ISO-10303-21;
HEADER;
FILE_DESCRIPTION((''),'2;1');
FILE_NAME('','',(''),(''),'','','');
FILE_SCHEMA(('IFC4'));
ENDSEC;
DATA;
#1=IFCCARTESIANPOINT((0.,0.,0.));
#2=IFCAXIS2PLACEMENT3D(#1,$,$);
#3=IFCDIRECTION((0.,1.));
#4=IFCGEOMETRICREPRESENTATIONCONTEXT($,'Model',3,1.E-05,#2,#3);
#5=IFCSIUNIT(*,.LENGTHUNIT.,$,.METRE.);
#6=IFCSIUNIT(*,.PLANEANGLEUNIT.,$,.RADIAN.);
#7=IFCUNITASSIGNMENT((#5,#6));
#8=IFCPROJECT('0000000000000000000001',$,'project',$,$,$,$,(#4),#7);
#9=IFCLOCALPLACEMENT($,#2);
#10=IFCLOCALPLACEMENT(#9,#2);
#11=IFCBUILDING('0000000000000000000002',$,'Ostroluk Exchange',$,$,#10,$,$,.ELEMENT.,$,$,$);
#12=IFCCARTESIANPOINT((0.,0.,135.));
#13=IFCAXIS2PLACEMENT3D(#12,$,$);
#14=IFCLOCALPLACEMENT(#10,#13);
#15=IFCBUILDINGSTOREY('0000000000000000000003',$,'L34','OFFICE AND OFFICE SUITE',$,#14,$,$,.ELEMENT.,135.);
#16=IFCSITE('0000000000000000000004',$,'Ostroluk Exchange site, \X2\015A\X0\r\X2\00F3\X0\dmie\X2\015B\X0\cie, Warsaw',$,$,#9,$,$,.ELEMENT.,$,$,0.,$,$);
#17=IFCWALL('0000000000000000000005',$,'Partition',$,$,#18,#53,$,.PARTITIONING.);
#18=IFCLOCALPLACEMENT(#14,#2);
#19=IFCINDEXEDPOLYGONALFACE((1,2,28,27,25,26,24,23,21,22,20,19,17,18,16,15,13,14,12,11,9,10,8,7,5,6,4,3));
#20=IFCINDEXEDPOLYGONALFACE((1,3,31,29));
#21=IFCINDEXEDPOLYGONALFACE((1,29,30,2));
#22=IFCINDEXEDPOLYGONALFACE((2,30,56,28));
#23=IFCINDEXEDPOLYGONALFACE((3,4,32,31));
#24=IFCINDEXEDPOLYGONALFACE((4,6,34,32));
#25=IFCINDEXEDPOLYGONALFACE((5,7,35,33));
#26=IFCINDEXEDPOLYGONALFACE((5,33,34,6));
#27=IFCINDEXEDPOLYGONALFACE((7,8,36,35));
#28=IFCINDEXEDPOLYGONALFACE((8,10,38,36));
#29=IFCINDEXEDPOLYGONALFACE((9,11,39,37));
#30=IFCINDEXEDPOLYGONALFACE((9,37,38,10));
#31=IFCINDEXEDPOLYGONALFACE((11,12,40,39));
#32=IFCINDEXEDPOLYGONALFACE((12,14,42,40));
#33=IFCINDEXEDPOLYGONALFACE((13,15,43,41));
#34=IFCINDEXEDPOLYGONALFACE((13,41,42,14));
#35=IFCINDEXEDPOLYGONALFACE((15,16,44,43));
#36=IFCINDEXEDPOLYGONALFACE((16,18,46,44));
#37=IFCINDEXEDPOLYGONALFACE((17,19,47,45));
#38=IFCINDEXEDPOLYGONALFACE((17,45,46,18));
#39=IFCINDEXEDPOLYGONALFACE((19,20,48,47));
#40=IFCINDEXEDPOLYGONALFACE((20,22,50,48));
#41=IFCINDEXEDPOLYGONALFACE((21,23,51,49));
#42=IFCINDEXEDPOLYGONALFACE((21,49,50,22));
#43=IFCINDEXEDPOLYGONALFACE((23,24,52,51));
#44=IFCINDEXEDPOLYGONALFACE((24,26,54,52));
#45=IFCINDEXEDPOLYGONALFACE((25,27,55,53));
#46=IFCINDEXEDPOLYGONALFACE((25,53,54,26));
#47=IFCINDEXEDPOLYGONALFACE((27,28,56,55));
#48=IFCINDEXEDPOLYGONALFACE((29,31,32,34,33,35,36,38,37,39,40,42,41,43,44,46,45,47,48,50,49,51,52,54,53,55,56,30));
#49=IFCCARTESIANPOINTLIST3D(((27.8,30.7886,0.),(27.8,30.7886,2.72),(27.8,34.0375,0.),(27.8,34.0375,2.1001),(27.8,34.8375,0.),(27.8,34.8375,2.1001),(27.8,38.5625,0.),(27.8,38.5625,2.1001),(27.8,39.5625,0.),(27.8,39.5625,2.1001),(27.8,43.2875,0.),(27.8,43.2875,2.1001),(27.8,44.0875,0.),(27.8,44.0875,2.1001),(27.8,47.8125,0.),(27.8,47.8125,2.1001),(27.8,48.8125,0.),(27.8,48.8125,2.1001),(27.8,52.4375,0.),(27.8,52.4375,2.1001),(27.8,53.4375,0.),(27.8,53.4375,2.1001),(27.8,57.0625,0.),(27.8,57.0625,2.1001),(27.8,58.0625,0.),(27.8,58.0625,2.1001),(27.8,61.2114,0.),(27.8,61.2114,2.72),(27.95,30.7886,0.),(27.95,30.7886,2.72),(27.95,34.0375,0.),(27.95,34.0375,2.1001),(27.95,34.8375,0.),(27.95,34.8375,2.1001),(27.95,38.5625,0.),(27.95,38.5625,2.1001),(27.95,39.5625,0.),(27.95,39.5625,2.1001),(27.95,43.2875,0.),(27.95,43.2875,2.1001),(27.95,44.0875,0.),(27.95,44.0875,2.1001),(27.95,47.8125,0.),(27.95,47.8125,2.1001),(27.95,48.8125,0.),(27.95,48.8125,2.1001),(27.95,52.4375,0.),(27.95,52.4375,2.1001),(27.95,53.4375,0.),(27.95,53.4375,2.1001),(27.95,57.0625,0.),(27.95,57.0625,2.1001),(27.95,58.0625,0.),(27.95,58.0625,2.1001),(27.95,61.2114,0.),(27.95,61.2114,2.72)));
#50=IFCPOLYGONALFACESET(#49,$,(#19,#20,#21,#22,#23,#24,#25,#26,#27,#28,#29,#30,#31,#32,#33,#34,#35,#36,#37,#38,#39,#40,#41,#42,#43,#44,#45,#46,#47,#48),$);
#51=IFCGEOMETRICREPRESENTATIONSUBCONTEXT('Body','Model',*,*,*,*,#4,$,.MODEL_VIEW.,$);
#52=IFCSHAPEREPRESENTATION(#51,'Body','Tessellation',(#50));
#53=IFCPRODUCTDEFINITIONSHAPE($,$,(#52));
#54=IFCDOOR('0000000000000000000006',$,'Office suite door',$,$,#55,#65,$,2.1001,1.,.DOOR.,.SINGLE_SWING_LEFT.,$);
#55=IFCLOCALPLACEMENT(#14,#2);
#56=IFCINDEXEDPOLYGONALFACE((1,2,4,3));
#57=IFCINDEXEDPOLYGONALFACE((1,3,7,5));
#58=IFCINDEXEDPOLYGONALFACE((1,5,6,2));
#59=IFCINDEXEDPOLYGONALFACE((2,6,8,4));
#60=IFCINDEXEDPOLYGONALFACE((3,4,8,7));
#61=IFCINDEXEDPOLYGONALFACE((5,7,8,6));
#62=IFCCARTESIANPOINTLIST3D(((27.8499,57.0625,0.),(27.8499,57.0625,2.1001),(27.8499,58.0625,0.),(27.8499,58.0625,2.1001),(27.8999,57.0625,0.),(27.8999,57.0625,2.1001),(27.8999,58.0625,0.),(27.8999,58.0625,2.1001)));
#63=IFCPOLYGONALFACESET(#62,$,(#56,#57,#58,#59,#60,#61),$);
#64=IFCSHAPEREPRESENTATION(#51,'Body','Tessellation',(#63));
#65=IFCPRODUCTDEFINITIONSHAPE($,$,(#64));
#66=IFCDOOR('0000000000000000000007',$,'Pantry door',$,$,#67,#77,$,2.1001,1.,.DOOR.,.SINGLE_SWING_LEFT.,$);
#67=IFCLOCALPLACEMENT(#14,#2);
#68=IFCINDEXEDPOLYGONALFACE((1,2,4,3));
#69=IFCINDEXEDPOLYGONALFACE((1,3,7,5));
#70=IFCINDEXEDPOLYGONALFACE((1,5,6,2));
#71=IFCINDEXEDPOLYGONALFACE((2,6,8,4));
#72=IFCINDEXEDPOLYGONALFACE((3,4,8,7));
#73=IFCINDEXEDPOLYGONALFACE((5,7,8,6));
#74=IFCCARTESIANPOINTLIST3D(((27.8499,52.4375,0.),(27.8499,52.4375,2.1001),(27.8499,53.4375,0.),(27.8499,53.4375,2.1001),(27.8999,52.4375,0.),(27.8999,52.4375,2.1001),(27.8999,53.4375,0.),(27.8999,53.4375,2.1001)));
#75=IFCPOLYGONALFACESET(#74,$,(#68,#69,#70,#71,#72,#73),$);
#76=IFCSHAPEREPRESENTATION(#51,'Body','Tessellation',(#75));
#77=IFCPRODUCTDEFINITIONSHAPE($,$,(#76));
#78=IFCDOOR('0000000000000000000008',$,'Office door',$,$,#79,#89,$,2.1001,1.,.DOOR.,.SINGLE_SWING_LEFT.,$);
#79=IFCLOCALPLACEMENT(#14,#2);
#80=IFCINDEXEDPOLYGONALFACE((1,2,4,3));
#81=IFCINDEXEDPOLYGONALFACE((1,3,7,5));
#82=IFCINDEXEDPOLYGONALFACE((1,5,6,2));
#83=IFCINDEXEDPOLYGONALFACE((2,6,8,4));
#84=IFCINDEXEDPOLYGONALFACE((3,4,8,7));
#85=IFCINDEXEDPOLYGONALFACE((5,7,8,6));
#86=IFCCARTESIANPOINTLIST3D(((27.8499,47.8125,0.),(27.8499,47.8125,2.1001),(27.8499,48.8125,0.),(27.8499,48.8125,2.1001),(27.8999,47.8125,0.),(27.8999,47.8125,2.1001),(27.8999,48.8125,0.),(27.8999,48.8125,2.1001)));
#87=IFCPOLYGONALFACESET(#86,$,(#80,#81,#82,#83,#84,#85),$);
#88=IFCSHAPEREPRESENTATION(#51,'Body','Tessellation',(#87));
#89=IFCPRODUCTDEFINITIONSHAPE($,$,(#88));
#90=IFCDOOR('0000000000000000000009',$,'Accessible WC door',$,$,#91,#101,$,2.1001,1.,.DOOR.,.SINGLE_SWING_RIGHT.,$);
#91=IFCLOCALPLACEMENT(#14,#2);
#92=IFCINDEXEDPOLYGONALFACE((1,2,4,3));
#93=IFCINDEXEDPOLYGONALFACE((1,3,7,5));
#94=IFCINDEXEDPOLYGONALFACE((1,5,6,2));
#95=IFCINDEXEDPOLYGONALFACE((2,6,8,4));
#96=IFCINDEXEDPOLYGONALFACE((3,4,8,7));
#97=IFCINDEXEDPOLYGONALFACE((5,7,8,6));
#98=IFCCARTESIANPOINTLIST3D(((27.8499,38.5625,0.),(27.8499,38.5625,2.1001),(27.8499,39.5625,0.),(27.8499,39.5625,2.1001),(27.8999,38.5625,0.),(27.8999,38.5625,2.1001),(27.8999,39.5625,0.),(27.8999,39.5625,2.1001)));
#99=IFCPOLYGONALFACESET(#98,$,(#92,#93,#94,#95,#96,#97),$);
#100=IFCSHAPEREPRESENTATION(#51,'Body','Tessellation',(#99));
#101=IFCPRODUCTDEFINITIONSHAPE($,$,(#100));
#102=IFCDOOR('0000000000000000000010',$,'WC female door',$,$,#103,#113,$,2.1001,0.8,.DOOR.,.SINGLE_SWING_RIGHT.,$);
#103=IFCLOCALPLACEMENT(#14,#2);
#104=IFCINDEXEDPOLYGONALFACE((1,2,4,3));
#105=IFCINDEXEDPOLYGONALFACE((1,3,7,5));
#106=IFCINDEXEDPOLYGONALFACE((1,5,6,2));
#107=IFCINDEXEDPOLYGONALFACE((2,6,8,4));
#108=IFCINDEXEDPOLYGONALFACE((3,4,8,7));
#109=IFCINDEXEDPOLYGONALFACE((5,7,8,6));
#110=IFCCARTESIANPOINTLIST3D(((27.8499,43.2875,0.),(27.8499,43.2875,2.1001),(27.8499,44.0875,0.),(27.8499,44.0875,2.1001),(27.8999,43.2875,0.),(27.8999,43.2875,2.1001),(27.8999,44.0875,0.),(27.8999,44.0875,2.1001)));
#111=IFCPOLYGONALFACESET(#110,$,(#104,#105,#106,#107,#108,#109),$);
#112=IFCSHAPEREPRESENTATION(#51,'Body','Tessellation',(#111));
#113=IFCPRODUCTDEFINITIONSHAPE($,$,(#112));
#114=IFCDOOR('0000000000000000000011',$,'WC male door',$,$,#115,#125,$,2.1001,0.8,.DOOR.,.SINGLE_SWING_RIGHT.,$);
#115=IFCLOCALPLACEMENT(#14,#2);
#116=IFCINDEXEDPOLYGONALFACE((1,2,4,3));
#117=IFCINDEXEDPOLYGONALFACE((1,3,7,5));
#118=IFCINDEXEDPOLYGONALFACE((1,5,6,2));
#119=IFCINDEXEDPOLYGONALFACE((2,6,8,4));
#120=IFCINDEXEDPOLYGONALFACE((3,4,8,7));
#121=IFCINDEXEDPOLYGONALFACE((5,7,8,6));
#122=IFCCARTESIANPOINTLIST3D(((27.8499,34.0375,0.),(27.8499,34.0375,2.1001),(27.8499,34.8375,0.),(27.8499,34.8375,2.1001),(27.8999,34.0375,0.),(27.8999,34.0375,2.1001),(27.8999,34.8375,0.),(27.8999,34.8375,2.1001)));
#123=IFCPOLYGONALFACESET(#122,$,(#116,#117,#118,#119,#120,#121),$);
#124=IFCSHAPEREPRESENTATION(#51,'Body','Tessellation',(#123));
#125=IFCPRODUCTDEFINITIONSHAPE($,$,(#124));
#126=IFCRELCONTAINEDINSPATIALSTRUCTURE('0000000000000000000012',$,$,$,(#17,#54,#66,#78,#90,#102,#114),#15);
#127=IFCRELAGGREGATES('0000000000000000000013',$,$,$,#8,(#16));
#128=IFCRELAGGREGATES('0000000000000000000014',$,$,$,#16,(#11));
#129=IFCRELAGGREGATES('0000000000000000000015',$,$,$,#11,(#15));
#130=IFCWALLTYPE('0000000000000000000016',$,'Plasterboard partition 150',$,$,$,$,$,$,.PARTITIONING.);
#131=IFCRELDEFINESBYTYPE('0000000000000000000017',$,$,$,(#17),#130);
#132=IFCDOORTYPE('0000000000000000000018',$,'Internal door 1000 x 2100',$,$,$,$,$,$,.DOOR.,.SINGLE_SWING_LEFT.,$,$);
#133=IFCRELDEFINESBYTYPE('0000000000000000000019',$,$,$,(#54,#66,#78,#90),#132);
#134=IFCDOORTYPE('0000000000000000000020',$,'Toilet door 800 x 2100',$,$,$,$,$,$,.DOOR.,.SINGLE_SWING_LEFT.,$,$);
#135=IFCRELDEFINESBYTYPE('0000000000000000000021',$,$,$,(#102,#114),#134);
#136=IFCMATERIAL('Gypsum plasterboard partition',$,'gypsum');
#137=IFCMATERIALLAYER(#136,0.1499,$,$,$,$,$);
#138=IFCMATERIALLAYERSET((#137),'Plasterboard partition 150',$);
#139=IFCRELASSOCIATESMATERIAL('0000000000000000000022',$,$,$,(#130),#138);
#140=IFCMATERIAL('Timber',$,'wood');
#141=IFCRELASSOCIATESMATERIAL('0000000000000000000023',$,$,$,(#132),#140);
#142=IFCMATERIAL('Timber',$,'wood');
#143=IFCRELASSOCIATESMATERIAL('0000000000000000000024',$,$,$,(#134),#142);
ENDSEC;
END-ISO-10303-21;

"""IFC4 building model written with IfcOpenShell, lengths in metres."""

from ifc_helpers import new_model, si_unit, direction, frame, frame_2d, origin, place, context, subcontext, project, spatial, rectangle, extrude, material, layer, layer_set, type_object, element, fill, save


model = new_model("IFC4")

# Units and contexts
model_context = context("Model", 3, precision=1e-05, world=origin(), true_north=direction((0.0, 1.0)))
body_context = subcontext(model_context, "Body", "Model", "MODEL_VIEW")
ifc_project = project(units=[si_unit("LENGTHUNIT", "METRE"), si_unit("PLANEANGLEUNIT", "RADIAN")], contexts=[model_context])

# Site, building, storey
site_placement = place(None, origin())
site = spatial("IfcSite", under=ifc_project, at=site_placement, Name="Ostroluk Exchange site, Śródmieście, Warsaw", CompositionType="ELEMENT", RefElevation=0.0)
building_placement = place(site_placement, origin())
building = spatial("IfcBuilding", under=site, at=building_placement, Name="Ostroluk Exchange", CompositionType="ELEMENT")
storey_placement = place(building_placement, frame((0.0, 0.0, 135.0)))
storey = spatial("IfcBuildingStorey", under=building, at=storey_placement, Name="L34", Description="OFFICE AND OFFICE SUITE", CompositionType="ELEMENT", Elevation=135.0)

# Wall, openings, doors
ifc_material_1 = material(Name="Gypsum plasterboard partition", Category="gypsum")
ifc_layer_1 = layer(ifc_material_1, 0.1499)
ifc_layer_set_1 = layer_set([ifc_layer_1], Name="Plasterboard partition 150")
wall_type_1 = type_object("IfcWallType", Name="Plasterboard partition 150", PredefinedType="PARTITIONING", material=ifc_layer_set_1)
wall_1_placement = place(storey_placement, frame((27.875, 61.2114, 0.0), z_axis=(0.0, 0.0, 1.0), x_axis=(0.0, -1.0, 0.0)))
wall_1 = element("IfcWall", 1, at=wall_1_placement, inside=storey, type_object=wall_type_1, Name="Partition", PredefinedType="PARTITIONING", context=body_context, shape_type="SweptSolid", body=[
    extrude(rectangle(XDim=30.4229, YDim=0.1499, at=frame_2d((15.2114, 0.0))), origin(), (0.0, 0.0, 1.0), 2.72),
])
opening_1_placement = place(wall_1_placement, frame((3.1489, 0.0, 0.0)))
opening_1 = element("IfcOpeningElement", 2, at=opening_1_placement, cuts=wall_1, PredefinedType="OPENING", context=body_context, shape_type="SweptSolid", body=[
    extrude(rectangle(XDim=1.0, YDim=2.1001, at=frame_2d((0.5, 1.05))), frame((0.0, 0.085, 0.0), z_axis=(0.0, -1.0, 0.0), x_axis=(1.0, 0.0, 0.0)), (0.0, 0.0, 1.0), 0.1699),
])
opening_2_placement = place(wall_1_placement, frame((7.7739, 0.0, 0.0)))
opening_2 = element("IfcOpeningElement", 3, at=opening_2_placement, cuts=wall_1, PredefinedType="OPENING", context=body_context, shape_type="SweptSolid", body=[
    extrude(rectangle(XDim=1.0, YDim=2.1001, at=frame_2d((0.5, 1.05))), frame((0.0, 0.085, 0.0), z_axis=(0.0, -1.0, 0.0), x_axis=(1.0, 0.0, 0.0)), (0.0, 0.0, 1.0), 0.1699),
])
opening_3_placement = place(wall_1_placement, frame((12.3989, 0.0, 0.0)))
opening_3 = element("IfcOpeningElement", 4, at=opening_3_placement, cuts=wall_1, PredefinedType="OPENING", context=body_context, shape_type="SweptSolid", body=[
    extrude(rectangle(XDim=1.0, YDim=2.1001, at=frame_2d((0.5, 1.05))), frame((0.0, 0.085, 0.0), z_axis=(0.0, -1.0, 0.0), x_axis=(1.0, 0.0, 0.0)), (0.0, 0.0, 1.0), 0.1699),
])
opening_4_placement = place(wall_1_placement, frame((17.124, 0.0, 0.0)))
opening_4 = element("IfcOpeningElement", 5, at=opening_4_placement, cuts=wall_1, PredefinedType="OPENING", context=body_context, shape_type="SweptSolid", body=[
    extrude(rectangle(XDim=0.8, YDim=2.1001, at=frame_2d((0.3999, 1.05))), frame((0.0, 0.085, 0.0), z_axis=(0.0, -1.0, 0.0), x_axis=(1.0, 0.0, 0.0)), (0.0, 0.0, 1.0), 0.1699),
])
opening_5_placement = place(wall_1_placement, frame((21.6489, 0.0, 0.0)))
opening_5 = element("IfcOpeningElement", 6, at=opening_5_placement, cuts=wall_1, PredefinedType="OPENING", context=body_context, shape_type="SweptSolid", body=[
    extrude(rectangle(XDim=1.0, YDim=2.1001, at=frame_2d((0.5, 1.05))), frame((0.0, 0.085, 0.0), z_axis=(0.0, -1.0, 0.0), x_axis=(1.0, 0.0, 0.0)), (0.0, 0.0, 1.0), 0.1699),
])
opening_6_placement = place(wall_1_placement, frame((26.374, 0.0, 0.0)))
opening_6 = element("IfcOpeningElement", 7, at=opening_6_placement, cuts=wall_1, PredefinedType="OPENING", context=body_context, shape_type="SweptSolid", body=[
    extrude(rectangle(XDim=0.8, YDim=2.1001, at=frame_2d((0.3999, 1.05))), frame((0.0, 0.085, 0.0), z_axis=(0.0, -1.0, 0.0), x_axis=(1.0, 0.0, 0.0)), (0.0, 0.0, 1.0), 0.1699),
])
ifc_material_2 = material(Name="Timber", Category="wood")
door_type_1 = type_object("IfcDoorType", Name="Internal door 1000 x 2100", OperationType="SINGLE_SWING_LEFT", PredefinedType="DOOR", material=ifc_material_2)
door_1_placement = place(opening_1_placement, origin())
door_1 = element("IfcDoor", 8, at=door_1_placement, inside=storey, type_object=door_type_1, Name="Office suite door", OperationType="SINGLE_SWING_LEFT", OverallHeight=2.1001, OverallWidth=1.0, PredefinedType="DOOR", context=body_context, shape_type="SweptSolid", body=[
    extrude(rectangle(XDim=1.0, YDim=2.1001, at=frame_2d((0.5, 1.05))), frame((0.0, 0.0249, 0.0), z_axis=(0.0, -1.0, 0.0), x_axis=(1.0, 0.0, 0.0)), (0.0, 0.0, 1.0), 0.05),
])
fill(opening_1, door_1)
door_2_placement = place(opening_2_placement, origin())
door_2 = element("IfcDoor", 9, at=door_2_placement, inside=storey, type_object=door_type_1, Name="Pantry door", OperationType="SINGLE_SWING_LEFT", OverallHeight=2.1001, OverallWidth=1.0, PredefinedType="DOOR", context=body_context, shape_type="SweptSolid", body=[
    extrude(rectangle(XDim=1.0, YDim=2.1001, at=frame_2d((0.5, 1.05))), frame((0.0, 0.0249, 0.0), z_axis=(0.0, -1.0, 0.0), x_axis=(1.0, 0.0, 0.0)), (0.0, 0.0, 1.0), 0.05),
])
fill(opening_2, door_2)
door_3_placement = place(opening_3_placement, origin())
door_3 = element("IfcDoor", 10, at=door_3_placement, inside=storey, type_object=door_type_1, Name="Office door", OperationType="SINGLE_SWING_LEFT", OverallHeight=2.1001, OverallWidth=1.0, PredefinedType="DOOR", context=body_context, shape_type="SweptSolid", body=[
    extrude(rectangle(XDim=1.0, YDim=2.1001, at=frame_2d((0.5, 1.05))), frame((0.0, 0.0249, 0.0), z_axis=(0.0, -1.0, 0.0), x_axis=(1.0, 0.0, 0.0)), (0.0, 0.0, 1.0), 0.05),
])
fill(opening_3, door_3)
door_4_placement = place(opening_5_placement, origin())
door_4 = element("IfcDoor", 11, at=door_4_placement, inside=storey, type_object=door_type_1, Name="Accessible WC door", OperationType="SINGLE_SWING_RIGHT", OverallHeight=2.1001, OverallWidth=1.0, PredefinedType="DOOR", context=body_context, shape_type="SweptSolid", body=[
    extrude(rectangle(XDim=1.0, YDim=2.1001, at=frame_2d((0.5, 1.05))), frame((0.0, 0.0249, 0.0), z_axis=(0.0, -1.0, 0.0), x_axis=(1.0, 0.0, 0.0)), (0.0, 0.0, 1.0), 0.05),
])
fill(opening_5, door_4)
ifc_material_3 = material(Name="Timber", Category="wood")
door_type_2 = type_object("IfcDoorType", Name="Toilet door 800 x 2100", OperationType="SINGLE_SWING_LEFT", PredefinedType="DOOR", material=ifc_material_3)
door_5_placement = place(opening_4_placement, origin())
door_5 = element("IfcDoor", 12, at=door_5_placement, inside=storey, type_object=door_type_2, Name="WC female door", OperationType="SINGLE_SWING_RIGHT", OverallHeight=2.1001, OverallWidth=0.8, PredefinedType="DOOR", context=body_context, shape_type="SweptSolid", body=[
    extrude(rectangle(XDim=0.8, YDim=2.1001, at=frame_2d((0.3999, 1.05))), frame((0.0, 0.0249, 0.0), z_axis=(0.0, -1.0, 0.0), x_axis=(1.0, 0.0, 0.0)), (0.0, 0.0, 1.0), 0.05),
])
fill(opening_4, door_5)
door_6_placement = place(opening_6_placement, origin())
door_6 = element("IfcDoor", 13, at=door_6_placement, inside=storey, type_object=door_type_2, Name="WC male door", OperationType="SINGLE_SWING_RIGHT", OverallHeight=2.1001, OverallWidth=0.8, PredefinedType="DOOR", context=body_context, shape_type="SweptSolid", body=[
    extrude(rectangle(XDim=0.8, YDim=2.1001, at=frame_2d((0.3999, 1.05))), frame((0.0, 0.0249, 0.0), z_axis=(0.0, -1.0, 0.0), x_axis=(1.0, 0.0, 0.0)), (0.0, 0.0, 1.0), 0.05),
])
fill(opening_6, door_6)

save(model, "model.ifc")
